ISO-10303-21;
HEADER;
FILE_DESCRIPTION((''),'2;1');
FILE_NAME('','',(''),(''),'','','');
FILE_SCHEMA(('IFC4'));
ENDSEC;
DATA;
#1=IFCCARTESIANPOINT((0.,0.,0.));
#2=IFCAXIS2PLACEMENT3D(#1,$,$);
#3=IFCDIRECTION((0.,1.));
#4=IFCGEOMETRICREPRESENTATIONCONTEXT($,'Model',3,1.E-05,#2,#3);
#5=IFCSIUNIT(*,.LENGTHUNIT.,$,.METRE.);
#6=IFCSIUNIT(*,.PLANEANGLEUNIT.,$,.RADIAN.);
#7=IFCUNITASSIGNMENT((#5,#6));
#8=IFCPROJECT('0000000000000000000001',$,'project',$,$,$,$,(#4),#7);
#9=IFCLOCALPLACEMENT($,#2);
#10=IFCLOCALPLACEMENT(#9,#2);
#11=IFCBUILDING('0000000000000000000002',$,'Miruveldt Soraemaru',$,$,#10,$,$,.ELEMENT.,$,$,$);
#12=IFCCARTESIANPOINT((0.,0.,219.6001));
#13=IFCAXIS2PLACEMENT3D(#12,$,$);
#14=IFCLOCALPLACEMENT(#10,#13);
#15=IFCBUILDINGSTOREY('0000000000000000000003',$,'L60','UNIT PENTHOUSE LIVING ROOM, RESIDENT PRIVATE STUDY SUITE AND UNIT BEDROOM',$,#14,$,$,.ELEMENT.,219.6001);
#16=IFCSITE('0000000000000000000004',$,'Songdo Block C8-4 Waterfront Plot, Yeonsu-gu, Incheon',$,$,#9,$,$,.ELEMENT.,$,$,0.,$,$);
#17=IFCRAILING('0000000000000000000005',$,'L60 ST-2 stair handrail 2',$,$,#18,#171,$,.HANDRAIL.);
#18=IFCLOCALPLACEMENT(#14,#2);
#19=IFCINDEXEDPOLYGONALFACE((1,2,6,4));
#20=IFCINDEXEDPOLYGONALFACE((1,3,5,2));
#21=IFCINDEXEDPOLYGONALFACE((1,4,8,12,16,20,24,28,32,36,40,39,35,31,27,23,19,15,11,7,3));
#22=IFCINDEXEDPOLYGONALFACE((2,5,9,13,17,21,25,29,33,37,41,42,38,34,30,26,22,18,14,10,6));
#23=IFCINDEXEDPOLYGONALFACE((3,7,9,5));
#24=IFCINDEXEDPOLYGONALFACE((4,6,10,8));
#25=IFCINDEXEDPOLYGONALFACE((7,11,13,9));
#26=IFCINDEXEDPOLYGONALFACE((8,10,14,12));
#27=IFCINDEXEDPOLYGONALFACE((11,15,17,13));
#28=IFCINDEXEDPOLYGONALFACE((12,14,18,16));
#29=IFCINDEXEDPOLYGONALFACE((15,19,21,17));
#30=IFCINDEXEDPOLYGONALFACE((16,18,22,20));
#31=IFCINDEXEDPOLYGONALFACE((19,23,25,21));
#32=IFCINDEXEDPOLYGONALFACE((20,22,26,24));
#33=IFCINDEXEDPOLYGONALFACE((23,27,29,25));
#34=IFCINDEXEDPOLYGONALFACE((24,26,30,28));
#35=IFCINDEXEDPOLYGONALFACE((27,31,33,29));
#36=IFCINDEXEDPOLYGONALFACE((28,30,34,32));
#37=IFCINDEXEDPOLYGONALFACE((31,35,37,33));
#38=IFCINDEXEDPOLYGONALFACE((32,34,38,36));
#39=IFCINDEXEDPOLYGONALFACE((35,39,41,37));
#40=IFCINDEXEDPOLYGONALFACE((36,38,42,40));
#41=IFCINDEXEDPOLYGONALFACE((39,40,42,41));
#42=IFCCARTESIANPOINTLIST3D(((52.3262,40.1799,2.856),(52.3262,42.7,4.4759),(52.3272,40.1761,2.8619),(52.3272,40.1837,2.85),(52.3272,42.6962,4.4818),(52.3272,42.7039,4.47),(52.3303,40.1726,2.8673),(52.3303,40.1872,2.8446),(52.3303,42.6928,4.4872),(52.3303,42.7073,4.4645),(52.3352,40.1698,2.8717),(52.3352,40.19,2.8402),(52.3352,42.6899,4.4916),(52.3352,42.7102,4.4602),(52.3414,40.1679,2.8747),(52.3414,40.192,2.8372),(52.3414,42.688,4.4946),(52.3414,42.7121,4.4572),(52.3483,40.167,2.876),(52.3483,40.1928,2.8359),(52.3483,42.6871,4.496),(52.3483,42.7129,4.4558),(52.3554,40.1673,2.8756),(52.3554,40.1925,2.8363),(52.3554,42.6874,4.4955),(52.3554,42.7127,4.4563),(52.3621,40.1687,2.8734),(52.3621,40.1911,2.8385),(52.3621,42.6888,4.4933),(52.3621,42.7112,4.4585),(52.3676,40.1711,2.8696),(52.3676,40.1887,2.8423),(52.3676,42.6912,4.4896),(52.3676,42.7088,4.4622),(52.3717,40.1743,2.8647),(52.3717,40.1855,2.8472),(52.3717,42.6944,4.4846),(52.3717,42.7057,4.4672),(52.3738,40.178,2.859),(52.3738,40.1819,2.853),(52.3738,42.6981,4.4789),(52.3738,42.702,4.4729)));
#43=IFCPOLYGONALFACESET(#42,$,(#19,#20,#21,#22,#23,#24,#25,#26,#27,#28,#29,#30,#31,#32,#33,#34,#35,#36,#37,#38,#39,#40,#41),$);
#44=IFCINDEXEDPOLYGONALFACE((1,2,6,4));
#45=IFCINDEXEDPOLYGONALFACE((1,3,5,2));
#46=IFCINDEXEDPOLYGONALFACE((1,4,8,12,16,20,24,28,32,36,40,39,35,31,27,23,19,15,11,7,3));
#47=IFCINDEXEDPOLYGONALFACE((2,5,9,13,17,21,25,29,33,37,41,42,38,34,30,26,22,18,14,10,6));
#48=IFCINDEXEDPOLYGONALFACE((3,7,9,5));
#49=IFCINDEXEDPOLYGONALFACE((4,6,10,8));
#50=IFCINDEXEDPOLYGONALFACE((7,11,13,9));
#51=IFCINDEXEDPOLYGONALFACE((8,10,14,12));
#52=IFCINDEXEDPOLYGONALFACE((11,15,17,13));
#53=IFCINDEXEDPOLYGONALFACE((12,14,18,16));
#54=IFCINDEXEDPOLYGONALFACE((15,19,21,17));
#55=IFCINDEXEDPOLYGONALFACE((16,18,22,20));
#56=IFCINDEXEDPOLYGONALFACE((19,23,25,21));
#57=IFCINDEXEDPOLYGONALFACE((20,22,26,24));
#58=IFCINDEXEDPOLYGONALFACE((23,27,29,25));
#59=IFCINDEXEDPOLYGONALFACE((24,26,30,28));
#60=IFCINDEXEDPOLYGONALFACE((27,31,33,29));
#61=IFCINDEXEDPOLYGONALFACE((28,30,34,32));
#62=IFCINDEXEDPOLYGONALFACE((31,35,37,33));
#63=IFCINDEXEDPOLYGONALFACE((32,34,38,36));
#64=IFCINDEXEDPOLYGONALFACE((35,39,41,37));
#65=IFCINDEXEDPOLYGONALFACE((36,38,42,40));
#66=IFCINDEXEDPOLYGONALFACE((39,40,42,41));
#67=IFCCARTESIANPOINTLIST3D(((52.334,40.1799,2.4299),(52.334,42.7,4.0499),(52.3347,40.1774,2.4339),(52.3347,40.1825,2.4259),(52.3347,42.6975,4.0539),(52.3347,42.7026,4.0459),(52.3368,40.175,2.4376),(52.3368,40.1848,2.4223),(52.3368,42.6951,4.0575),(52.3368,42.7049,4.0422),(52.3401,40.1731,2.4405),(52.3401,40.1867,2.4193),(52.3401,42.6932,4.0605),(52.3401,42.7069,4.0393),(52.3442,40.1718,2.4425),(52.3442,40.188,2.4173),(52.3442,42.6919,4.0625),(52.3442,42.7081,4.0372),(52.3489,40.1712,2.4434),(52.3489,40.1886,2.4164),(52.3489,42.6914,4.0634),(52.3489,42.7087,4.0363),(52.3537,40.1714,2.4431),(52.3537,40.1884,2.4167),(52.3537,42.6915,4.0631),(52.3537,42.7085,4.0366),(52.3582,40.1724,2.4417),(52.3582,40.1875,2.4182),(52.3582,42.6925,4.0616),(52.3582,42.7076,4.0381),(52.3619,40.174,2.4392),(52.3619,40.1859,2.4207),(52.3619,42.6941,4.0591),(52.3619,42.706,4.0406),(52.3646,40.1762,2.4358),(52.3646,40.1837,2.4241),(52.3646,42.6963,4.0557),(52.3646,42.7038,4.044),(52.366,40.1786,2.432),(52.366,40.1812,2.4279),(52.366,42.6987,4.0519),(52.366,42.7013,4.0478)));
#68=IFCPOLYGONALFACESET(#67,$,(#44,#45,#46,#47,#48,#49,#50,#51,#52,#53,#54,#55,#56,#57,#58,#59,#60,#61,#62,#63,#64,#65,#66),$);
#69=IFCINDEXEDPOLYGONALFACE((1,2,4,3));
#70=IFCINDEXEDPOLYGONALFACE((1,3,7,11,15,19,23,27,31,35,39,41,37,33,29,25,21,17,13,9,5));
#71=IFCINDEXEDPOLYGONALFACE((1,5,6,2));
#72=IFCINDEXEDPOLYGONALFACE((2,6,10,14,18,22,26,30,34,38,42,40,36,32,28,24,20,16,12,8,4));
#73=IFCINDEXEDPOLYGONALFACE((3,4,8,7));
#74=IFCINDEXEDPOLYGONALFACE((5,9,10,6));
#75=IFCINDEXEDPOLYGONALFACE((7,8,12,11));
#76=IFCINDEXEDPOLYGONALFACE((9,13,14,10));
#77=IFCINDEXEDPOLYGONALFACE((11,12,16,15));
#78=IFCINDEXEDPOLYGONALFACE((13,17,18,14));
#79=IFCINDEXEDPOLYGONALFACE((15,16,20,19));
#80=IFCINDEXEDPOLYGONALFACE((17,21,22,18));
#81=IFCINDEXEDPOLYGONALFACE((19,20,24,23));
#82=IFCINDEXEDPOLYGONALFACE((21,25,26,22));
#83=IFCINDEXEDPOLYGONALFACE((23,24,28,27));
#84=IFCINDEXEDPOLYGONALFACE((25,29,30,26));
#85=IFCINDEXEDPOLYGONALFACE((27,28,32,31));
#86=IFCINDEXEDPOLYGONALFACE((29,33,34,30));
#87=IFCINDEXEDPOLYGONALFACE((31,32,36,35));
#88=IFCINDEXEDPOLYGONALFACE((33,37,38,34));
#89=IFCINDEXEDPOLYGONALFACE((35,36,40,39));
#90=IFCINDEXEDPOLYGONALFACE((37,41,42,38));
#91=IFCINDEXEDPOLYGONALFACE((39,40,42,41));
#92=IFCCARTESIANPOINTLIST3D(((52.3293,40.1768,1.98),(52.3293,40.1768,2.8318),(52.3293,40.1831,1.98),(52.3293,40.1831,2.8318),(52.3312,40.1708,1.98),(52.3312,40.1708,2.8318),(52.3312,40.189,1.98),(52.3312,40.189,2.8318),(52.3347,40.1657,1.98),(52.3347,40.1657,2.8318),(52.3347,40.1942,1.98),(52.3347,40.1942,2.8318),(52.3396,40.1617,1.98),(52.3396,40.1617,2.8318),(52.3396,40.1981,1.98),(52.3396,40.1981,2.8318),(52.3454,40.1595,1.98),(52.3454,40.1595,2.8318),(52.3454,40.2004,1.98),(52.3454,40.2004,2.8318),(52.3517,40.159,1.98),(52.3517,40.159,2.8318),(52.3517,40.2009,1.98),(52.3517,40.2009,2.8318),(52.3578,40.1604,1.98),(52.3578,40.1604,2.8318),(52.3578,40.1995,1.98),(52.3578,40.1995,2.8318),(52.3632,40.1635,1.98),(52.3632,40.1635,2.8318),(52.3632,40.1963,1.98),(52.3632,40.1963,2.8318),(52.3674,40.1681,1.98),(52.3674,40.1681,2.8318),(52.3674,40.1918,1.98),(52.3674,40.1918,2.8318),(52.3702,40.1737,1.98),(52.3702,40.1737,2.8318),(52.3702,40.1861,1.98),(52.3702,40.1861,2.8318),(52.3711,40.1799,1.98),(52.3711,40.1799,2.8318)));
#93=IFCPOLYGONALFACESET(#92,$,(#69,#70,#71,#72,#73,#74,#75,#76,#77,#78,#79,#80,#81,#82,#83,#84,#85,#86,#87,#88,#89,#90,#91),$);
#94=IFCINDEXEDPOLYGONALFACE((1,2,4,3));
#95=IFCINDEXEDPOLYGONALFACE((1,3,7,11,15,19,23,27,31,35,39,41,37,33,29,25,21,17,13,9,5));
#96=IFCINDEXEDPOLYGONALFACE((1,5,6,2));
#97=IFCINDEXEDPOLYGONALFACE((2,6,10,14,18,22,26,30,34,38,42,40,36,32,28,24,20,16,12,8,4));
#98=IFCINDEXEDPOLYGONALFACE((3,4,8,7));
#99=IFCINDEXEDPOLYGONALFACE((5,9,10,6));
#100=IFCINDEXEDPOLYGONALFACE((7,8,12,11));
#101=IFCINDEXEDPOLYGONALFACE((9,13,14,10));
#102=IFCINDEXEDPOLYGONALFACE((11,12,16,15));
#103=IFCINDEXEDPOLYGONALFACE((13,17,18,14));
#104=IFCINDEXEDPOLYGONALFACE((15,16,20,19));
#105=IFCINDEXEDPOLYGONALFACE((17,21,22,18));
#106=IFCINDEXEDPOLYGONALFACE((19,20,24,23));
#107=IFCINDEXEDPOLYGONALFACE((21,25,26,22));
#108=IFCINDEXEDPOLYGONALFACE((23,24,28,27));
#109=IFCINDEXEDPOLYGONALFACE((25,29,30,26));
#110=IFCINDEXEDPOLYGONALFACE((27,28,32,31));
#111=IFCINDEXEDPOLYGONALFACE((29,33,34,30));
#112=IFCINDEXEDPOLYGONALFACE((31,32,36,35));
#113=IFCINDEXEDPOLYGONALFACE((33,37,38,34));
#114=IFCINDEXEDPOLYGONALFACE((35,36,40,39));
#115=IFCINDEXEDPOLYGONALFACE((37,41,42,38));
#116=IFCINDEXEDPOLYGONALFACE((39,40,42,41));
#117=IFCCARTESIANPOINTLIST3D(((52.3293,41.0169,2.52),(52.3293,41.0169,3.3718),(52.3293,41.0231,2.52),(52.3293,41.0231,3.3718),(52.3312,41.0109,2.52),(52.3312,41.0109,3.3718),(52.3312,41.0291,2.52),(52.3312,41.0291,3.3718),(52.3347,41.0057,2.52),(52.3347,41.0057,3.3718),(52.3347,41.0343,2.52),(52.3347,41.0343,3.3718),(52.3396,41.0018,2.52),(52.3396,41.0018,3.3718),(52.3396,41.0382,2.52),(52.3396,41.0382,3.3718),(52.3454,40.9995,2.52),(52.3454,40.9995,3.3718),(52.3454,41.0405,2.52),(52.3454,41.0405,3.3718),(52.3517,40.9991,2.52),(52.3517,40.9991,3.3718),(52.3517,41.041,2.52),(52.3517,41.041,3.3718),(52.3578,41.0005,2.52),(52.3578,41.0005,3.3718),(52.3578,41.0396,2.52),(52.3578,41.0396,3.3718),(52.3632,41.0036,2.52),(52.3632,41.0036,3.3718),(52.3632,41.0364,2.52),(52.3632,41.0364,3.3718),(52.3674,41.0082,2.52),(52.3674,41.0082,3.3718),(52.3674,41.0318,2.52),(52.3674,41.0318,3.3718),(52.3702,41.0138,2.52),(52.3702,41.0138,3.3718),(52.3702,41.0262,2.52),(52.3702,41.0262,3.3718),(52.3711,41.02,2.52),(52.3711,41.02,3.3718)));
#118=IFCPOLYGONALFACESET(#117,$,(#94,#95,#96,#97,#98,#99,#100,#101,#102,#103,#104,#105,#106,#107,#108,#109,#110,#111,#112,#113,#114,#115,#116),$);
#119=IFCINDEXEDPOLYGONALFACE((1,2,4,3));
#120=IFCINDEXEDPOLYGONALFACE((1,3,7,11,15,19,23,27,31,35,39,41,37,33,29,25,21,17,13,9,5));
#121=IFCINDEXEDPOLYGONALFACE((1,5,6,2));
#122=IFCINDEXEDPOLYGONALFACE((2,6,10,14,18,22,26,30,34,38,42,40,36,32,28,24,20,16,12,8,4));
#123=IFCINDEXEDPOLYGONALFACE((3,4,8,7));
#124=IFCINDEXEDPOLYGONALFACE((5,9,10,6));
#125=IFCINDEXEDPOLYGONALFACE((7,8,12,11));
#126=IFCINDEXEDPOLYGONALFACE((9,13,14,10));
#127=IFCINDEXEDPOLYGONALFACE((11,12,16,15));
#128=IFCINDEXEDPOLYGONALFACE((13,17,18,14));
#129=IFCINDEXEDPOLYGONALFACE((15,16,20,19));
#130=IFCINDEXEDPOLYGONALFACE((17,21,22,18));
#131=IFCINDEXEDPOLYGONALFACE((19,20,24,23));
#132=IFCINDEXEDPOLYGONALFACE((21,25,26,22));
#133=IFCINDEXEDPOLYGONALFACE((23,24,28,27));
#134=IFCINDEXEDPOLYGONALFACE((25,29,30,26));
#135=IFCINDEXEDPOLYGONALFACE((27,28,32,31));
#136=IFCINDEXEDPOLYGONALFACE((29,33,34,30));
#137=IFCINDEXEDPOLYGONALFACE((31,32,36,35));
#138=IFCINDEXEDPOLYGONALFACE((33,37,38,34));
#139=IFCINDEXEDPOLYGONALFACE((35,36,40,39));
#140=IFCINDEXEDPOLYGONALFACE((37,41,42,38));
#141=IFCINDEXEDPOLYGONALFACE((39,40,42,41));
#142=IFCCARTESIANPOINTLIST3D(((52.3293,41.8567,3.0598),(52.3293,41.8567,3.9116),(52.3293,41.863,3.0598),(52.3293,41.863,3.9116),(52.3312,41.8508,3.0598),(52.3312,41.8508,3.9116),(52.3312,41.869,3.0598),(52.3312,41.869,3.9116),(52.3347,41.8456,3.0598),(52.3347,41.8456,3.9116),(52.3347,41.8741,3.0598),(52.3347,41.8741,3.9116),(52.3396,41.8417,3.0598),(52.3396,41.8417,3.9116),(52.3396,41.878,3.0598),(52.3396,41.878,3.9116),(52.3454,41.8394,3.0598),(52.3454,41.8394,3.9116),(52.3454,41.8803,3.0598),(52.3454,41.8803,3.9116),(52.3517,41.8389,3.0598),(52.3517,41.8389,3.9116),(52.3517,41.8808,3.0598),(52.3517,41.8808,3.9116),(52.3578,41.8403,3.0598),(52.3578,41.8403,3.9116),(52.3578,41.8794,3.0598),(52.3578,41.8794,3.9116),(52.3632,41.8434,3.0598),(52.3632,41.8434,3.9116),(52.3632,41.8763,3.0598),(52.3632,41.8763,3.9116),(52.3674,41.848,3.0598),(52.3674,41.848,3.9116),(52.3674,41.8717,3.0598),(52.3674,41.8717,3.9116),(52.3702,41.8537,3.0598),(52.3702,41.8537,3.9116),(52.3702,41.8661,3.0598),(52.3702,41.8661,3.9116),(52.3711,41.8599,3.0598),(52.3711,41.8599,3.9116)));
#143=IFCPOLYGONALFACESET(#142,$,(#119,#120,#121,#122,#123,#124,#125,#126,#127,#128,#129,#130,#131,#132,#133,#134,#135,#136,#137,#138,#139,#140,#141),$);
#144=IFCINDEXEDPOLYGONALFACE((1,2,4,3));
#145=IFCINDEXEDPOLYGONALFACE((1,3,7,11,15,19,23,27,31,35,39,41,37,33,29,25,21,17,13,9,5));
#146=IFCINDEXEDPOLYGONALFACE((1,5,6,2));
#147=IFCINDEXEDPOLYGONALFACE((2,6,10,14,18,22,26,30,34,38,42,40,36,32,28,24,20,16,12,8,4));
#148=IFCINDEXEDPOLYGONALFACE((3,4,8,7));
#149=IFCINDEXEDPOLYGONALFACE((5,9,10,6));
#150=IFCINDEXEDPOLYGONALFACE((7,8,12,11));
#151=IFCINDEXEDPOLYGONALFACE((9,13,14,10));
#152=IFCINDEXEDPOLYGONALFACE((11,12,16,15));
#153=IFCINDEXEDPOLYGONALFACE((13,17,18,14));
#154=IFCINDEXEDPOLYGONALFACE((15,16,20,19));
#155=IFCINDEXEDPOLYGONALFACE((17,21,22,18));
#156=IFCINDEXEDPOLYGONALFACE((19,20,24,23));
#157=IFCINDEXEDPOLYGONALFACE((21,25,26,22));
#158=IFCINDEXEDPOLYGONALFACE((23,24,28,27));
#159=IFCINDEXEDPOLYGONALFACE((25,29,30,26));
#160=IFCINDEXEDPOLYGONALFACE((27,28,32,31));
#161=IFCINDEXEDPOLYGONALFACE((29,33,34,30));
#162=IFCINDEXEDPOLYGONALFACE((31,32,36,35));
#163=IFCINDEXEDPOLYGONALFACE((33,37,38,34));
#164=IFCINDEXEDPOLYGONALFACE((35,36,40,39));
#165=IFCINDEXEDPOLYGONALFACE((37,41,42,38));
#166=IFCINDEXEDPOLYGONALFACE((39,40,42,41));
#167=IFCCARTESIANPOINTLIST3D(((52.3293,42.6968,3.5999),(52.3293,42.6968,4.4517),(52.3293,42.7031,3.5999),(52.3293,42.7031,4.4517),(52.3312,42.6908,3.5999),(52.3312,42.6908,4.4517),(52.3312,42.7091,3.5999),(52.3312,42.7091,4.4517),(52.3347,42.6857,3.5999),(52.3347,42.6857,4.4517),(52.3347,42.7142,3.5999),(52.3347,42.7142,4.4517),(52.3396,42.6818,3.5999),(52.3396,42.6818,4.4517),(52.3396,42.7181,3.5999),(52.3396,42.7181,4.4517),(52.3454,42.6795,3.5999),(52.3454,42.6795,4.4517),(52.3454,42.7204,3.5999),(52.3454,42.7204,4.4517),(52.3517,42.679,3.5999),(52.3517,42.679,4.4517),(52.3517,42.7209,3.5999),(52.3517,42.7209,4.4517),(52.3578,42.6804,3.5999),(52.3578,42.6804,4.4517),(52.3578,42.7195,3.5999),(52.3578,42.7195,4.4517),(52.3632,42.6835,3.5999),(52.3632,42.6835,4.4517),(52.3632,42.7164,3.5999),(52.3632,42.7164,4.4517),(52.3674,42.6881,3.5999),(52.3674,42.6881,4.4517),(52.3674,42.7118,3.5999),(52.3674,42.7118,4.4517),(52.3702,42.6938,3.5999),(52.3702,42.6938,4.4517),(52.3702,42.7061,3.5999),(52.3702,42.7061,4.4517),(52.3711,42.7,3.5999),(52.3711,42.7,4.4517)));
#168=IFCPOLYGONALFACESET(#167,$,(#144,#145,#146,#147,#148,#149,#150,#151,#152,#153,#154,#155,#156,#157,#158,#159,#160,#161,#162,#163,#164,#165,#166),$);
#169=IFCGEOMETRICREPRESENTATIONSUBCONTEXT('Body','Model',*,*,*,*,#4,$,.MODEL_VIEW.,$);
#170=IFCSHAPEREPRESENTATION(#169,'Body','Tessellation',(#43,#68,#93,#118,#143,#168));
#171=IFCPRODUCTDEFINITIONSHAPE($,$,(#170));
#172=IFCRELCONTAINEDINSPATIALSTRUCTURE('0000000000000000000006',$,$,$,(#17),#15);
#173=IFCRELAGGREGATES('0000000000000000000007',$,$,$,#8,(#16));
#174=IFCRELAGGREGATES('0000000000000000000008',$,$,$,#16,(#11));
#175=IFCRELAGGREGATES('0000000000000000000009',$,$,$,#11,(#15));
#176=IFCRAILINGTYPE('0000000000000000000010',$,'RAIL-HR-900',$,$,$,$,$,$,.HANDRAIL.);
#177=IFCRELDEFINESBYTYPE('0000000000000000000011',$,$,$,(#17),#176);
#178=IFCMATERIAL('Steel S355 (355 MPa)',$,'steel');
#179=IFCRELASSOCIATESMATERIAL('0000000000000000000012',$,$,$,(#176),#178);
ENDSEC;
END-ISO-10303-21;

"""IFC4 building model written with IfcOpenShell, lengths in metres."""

from ifc_helpers import new_model, si_unit, direction, frame, origin, origin_2d, place, context, subcontext, project, spatial, circle, extrude, material, type_object, element, save


model = new_model("IFC4")

# Units and contexts
model_context = context("Model", 3, precision=1e-05, world=origin(), true_north=direction((0.0, 1.0)))
body_context = subcontext(model_context, "Body", "Model", "MODEL_VIEW")
ifc_project = project(units=[si_unit("LENGTHUNIT", "METRE"), si_unit("PLANEANGLEUNIT", "RADIAN")], contexts=[model_context])

# Site, building, storey
site_placement = place(None, origin())
site = spatial("IfcSite", under=ifc_project, at=site_placement, Name="Songdo Block C8-4 Waterfront Plot, Yeonsu-gu, Incheon", CompositionType="ELEMENT", RefElevation=0.0)
building_placement = place(site_placement, origin())
building = spatial("IfcBuilding", under=site, at=building_placement, Name="Miruveldt Soraemaru", CompositionType="ELEMENT")
storey_placement = place(building_placement, frame((0.0, 0.0, 219.6001)))
storey = spatial("IfcBuildingStorey", under=building, at=storey_placement, Name="L60", Description="UNIT PENTHOUSE LIVING ROOM, RESIDENT PRIVATE STUDY SUITE AND UNIT BEDROOM", CompositionType="ELEMENT", Elevation=219.6001)

# Railing
ifc_material_1 = material(Name="Steel S355 (355 MPa)", Category="steel")
railing_type_1 = type_object("IfcRailingType", Name="RAIL-HR-900", PredefinedType="HANDRAIL", material=ifc_material_1)
railing_1_placement = place(storey_placement, frame((52.3501, 40.1799, 1.98)))
element("IfcRailing", 1, at=railing_1_placement, inside=storey, type_object=railing_type_1, Name="L60 ST-2 stair handrail 2", PredefinedType="HANDRAIL", context=body_context, shape_type="SweptSolid", body=[
    extrude(circle(Radius=0.0239, at=origin_2d()), frame((0.0, 0.0, 0.876), z_axis=(0.0, 0.8412, 0.540725), x_axis=(-1.0, 0.0, 0.0)), (0.0, 0.0, 1.0), 2.9958),
    extrude(circle(Radius=0.0161, at=origin_2d()), frame((0.0, 0.0, 0.45), z_axis=(0.0, 0.8412, 0.540725), x_axis=(-1.0, 0.0, 0.0)), (0.0, 0.0, 1.0), 2.9958),
    extrude(circle(Radius=0.021, at=origin_2d()), origin(), (0.0, 0.0, 1.0), 0.8518),
    extrude(circle(Radius=0.021, at=origin_2d()), frame((0.0, 0.8401, 0.54)), (0.0, 0.0, 1.0), 0.8518),
    extrude(circle(Radius=0.021, at=origin_2d()), frame((0.0, 1.6799, 1.0798)), (0.0, 0.0, 1.0), 0.8518),
    extrude(circle(Radius=0.021, at=origin_2d()), frame((0.0, 2.52, 1.6199)), (0.0, 0.0, 1.0), 0.8518),
])

save(model, "model.ifc")
